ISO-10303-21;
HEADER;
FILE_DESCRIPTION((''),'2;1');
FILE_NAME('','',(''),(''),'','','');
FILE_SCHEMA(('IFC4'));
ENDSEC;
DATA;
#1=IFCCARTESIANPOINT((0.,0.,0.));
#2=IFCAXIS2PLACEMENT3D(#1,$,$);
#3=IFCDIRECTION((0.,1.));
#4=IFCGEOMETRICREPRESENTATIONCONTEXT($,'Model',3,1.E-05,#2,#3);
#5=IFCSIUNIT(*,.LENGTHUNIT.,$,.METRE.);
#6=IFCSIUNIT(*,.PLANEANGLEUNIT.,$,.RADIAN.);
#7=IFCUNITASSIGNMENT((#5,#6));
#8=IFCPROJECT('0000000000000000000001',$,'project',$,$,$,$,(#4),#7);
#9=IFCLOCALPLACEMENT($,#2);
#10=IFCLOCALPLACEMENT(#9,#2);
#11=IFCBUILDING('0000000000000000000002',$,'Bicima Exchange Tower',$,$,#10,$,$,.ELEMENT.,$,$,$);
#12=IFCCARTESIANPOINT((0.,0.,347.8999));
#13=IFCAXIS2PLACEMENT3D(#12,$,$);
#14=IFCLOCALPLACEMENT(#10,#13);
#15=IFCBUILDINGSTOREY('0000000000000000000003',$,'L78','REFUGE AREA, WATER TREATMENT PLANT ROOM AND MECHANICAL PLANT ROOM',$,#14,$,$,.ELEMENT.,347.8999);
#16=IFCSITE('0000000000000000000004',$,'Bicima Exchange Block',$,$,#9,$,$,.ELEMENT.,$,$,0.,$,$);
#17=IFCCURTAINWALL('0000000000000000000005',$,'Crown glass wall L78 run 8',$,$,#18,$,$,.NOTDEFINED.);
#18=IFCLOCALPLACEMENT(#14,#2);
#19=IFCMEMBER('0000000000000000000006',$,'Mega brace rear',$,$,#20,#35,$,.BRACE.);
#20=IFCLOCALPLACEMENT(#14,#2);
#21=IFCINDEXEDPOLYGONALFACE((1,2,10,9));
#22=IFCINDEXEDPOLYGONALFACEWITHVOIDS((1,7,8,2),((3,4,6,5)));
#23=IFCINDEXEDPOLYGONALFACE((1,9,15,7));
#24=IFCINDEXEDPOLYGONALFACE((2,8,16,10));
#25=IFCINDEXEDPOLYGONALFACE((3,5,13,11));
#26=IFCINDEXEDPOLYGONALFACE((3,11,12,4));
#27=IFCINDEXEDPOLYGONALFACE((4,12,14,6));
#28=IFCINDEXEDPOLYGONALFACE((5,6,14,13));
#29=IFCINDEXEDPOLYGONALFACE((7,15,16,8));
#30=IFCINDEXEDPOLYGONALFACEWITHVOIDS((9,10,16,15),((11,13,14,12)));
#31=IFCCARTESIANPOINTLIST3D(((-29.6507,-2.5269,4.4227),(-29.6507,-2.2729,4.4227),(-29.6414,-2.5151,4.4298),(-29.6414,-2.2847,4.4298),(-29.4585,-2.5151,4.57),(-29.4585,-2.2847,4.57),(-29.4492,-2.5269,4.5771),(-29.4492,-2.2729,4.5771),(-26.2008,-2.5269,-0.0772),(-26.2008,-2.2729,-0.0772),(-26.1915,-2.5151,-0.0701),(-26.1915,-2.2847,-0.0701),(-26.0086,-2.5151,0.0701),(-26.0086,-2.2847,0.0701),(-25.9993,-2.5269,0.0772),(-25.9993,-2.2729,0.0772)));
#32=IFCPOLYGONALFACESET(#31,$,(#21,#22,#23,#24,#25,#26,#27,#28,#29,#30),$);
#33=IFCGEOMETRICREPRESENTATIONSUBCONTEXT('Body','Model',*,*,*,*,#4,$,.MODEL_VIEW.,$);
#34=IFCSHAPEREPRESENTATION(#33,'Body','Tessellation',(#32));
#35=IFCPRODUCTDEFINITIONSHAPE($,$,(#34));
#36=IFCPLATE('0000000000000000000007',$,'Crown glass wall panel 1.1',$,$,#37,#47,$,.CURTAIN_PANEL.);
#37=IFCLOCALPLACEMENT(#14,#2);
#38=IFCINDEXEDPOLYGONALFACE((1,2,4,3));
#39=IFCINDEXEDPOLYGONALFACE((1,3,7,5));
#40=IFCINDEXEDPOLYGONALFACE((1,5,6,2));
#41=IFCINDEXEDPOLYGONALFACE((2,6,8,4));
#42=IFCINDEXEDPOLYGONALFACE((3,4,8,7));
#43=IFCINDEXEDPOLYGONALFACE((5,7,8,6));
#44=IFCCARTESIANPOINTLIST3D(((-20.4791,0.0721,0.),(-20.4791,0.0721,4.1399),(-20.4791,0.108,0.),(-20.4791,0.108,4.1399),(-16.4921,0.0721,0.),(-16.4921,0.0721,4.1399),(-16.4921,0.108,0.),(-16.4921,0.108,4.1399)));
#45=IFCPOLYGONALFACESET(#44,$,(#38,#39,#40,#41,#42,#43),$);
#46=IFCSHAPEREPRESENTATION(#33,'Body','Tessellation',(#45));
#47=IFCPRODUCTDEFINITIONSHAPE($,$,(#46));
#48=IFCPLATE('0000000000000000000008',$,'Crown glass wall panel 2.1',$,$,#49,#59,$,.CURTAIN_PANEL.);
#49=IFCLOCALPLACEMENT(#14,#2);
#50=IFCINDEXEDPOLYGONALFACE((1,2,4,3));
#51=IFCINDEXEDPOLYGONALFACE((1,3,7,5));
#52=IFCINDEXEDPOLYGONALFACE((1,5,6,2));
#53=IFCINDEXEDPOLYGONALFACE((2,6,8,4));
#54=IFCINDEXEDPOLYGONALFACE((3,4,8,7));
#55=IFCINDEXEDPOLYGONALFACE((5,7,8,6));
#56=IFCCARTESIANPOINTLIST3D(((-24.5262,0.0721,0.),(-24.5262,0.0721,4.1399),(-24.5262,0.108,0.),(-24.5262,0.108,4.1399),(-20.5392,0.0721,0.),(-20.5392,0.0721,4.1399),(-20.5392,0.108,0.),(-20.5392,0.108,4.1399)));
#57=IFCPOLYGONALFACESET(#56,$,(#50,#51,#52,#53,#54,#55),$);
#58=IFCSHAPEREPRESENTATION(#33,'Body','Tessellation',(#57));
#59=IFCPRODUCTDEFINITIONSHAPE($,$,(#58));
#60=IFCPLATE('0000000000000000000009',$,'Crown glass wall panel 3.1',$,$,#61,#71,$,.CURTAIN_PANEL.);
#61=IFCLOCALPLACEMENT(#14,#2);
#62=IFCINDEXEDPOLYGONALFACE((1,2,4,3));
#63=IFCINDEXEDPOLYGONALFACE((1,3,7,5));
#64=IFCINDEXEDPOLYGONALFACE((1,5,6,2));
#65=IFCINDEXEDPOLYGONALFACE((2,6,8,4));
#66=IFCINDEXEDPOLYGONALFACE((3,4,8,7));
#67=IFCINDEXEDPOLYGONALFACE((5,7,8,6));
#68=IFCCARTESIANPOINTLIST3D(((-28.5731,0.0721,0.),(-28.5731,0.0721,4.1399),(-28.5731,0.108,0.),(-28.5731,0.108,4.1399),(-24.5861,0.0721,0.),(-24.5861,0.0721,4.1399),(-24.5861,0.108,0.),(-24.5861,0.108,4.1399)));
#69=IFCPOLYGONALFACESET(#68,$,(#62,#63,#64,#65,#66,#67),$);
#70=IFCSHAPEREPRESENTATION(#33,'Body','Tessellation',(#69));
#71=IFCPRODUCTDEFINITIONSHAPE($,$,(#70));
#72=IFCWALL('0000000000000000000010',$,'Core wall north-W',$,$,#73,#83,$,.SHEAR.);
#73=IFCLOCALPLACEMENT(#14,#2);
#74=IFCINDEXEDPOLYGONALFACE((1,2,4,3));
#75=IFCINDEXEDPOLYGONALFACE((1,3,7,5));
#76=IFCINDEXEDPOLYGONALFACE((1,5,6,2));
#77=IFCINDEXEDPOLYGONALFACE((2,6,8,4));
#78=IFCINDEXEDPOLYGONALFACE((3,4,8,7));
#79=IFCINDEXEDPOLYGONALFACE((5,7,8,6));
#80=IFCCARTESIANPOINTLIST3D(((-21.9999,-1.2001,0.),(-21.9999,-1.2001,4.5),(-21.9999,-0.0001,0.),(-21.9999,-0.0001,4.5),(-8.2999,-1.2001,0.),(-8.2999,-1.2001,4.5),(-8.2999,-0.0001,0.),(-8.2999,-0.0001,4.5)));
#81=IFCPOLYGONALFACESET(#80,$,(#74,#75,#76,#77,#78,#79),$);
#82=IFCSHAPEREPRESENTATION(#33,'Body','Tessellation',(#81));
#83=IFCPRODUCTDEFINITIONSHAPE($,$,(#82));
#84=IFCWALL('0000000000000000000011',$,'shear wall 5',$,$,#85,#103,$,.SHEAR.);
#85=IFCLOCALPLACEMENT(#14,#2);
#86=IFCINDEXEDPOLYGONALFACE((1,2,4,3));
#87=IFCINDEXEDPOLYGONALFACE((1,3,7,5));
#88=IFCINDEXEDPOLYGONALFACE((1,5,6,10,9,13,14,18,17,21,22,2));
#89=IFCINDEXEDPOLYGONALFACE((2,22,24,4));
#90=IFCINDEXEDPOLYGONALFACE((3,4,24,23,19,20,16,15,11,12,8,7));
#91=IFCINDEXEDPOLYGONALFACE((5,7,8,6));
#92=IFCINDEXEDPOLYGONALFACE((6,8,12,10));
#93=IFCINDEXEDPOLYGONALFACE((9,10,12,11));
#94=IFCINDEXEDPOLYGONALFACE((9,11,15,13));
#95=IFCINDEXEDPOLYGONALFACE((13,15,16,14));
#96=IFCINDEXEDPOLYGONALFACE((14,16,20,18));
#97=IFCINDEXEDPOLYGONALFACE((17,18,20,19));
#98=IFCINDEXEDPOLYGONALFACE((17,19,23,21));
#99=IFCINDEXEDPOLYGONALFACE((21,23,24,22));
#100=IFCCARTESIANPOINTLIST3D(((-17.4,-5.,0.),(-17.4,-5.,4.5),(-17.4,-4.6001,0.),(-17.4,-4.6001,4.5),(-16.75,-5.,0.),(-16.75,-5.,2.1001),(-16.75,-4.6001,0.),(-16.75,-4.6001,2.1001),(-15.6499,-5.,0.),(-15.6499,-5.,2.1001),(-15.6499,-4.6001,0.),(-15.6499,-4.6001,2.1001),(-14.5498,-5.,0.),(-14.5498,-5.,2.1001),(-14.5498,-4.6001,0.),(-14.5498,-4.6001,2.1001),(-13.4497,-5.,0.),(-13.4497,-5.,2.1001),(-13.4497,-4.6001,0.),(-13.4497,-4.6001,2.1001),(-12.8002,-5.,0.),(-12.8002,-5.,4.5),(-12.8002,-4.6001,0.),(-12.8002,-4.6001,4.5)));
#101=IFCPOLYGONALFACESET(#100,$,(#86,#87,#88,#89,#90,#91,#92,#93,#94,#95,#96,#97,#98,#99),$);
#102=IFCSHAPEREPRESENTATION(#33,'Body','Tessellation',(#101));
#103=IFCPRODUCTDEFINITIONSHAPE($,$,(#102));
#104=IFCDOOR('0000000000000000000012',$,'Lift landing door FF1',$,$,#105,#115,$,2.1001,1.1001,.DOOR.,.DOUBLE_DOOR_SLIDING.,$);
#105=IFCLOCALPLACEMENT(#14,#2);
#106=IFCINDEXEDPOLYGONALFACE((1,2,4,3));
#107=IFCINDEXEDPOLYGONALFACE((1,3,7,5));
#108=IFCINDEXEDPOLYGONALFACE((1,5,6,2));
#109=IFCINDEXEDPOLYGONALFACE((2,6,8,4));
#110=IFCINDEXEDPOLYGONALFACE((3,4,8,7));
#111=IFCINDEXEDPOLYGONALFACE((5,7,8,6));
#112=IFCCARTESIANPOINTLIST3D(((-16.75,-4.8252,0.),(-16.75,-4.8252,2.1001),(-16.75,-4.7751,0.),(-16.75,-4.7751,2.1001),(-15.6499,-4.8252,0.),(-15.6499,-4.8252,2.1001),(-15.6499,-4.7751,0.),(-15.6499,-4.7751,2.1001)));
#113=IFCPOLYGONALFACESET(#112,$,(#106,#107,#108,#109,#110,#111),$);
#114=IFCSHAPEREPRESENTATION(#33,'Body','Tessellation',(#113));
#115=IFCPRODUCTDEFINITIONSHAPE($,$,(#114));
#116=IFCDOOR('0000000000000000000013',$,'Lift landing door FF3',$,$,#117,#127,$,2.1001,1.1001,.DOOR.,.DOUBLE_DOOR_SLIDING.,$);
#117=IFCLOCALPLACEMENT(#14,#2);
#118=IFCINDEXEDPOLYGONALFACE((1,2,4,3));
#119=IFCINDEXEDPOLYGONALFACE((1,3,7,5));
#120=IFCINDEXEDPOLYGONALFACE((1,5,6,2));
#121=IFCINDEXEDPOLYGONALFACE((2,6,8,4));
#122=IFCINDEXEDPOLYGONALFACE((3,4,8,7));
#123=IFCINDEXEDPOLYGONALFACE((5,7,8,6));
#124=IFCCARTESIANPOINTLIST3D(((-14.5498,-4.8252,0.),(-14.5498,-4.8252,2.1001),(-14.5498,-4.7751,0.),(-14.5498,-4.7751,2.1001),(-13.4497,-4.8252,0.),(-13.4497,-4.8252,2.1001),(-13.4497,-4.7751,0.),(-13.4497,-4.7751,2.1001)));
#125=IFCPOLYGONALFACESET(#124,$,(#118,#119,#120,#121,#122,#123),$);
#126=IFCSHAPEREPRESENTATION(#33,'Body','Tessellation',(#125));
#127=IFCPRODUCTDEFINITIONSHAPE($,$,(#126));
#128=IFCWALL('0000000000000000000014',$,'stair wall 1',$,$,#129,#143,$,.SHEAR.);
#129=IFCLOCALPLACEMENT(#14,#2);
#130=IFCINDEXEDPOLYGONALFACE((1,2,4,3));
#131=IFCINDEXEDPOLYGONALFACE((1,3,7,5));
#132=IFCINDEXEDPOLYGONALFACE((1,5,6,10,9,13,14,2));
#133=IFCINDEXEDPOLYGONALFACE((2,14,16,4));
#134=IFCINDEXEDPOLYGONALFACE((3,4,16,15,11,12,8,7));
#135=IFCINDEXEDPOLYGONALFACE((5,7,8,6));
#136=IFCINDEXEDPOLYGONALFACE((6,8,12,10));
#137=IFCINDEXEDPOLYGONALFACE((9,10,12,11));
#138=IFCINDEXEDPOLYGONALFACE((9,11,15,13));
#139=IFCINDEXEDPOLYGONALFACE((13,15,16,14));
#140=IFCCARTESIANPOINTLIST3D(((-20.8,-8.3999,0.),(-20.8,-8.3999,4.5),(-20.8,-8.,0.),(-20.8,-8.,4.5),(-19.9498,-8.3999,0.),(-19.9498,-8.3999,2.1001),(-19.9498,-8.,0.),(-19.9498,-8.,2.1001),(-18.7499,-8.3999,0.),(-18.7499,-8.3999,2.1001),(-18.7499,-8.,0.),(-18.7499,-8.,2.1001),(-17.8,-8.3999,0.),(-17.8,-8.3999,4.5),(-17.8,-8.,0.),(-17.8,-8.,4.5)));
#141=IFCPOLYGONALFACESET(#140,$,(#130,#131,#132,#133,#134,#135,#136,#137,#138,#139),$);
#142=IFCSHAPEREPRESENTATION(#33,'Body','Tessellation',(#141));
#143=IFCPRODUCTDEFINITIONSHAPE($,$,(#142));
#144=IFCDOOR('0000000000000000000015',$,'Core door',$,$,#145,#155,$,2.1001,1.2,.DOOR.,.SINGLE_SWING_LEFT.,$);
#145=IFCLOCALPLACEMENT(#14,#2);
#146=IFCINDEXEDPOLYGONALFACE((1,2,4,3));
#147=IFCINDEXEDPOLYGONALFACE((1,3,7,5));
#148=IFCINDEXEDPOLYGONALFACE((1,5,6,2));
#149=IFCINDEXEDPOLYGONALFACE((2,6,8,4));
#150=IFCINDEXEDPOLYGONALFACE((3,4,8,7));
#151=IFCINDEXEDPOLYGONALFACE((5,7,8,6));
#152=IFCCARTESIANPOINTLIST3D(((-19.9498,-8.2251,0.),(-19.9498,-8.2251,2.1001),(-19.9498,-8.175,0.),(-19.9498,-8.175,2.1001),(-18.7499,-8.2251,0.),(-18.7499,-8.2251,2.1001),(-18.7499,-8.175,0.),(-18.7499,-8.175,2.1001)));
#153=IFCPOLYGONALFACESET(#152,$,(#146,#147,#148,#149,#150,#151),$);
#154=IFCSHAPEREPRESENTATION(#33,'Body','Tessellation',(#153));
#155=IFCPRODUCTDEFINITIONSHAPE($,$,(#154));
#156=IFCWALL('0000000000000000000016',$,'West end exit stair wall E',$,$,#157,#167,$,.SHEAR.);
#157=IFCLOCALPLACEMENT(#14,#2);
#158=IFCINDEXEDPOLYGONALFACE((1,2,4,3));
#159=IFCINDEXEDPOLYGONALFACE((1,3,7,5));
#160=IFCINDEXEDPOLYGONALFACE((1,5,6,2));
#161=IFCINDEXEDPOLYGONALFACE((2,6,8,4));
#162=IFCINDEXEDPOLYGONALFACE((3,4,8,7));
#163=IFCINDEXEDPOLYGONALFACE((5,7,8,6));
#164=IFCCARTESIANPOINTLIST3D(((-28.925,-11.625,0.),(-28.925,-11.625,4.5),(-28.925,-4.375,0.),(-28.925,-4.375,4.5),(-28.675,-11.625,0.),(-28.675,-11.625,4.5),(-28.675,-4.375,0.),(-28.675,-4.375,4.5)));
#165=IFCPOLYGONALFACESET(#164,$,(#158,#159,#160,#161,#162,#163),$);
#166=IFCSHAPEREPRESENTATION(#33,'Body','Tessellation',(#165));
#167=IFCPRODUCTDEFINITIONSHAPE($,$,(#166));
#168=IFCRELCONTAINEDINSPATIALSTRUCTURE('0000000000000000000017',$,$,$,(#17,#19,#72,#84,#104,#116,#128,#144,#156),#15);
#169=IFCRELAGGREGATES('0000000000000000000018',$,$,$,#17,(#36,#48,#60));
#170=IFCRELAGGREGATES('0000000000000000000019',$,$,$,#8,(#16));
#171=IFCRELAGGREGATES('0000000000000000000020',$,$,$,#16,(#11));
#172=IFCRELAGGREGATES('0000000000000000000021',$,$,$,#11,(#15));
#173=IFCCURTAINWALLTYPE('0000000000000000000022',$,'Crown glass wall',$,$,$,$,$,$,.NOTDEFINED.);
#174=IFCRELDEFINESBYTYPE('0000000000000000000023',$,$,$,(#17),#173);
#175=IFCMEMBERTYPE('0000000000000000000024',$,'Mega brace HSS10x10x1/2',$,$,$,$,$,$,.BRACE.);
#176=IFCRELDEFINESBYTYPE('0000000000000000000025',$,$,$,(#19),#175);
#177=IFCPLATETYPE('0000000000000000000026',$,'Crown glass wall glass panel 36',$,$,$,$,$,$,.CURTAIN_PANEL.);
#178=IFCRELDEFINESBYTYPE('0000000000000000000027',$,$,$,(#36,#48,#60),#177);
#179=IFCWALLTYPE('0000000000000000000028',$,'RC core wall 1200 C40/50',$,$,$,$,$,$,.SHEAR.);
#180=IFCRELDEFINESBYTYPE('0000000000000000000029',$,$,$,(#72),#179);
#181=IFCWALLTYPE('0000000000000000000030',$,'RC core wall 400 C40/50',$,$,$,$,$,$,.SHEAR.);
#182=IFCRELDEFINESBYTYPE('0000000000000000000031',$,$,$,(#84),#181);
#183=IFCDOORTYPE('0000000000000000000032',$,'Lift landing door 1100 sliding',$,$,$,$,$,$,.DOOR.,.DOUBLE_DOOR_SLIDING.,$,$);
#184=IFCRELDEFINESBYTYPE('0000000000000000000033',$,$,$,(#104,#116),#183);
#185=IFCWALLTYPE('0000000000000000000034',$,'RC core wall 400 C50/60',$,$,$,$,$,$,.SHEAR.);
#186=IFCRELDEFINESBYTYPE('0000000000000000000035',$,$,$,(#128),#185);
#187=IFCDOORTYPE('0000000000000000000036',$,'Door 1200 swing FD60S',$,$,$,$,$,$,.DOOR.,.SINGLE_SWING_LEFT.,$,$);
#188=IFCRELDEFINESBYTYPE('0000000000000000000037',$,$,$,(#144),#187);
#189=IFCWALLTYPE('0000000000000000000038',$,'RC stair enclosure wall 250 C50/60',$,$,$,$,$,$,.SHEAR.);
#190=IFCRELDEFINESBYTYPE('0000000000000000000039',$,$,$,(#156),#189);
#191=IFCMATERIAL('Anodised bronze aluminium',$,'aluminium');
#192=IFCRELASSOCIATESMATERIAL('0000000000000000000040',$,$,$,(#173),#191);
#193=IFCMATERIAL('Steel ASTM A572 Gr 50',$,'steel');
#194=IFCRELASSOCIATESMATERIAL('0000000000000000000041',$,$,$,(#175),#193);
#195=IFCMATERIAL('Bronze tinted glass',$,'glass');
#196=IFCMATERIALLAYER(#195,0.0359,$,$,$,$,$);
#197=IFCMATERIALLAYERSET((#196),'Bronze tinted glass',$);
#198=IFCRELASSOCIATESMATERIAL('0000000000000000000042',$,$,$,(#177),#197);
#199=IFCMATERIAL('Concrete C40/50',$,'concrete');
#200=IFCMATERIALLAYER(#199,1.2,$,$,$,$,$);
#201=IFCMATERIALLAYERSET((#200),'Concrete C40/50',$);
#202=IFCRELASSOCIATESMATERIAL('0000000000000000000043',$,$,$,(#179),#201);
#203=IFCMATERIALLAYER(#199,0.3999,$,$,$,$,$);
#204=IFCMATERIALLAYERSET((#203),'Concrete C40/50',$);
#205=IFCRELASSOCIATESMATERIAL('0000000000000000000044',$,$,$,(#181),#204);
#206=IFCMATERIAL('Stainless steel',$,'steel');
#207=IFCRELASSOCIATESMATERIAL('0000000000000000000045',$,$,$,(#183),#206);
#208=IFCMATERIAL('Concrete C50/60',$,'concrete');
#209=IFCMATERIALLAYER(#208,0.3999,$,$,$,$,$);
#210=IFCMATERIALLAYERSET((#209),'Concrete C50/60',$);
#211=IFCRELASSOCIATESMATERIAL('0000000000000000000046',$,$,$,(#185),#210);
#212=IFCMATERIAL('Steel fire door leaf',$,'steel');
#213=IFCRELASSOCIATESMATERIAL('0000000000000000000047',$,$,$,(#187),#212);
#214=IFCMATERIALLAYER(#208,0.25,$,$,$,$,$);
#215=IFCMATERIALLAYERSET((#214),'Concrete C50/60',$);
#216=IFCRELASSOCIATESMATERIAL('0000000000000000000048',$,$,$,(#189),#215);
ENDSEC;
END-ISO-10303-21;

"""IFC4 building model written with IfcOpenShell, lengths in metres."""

from ifc_helpers import new_model, si_unit, direction, frame, frame_2d, origin, origin_2d, place, context, subcontext, project, spatial, rectangle, hollow_rectangle, extrude, material, layer, layer_set, material_profile, profile_set, type_object, element, fill, aggregate, save


model = new_model("IFC4")

# Units and contexts
model_context = context("Model", 3, precision=1e-05, world=origin(), true_north=direction((0.0, 1.0)))
body_context = subcontext(model_context, "Body", "Model", "MODEL_VIEW")
ifc_project = project(units=[si_unit("LENGTHUNIT", "METRE"), si_unit("PLANEANGLEUNIT", "RADIAN")], contexts=[model_context])

# Site, building, storey
site_placement = place(None, origin())
site = spatial("IfcSite", under=ifc_project, at=site_placement, Name="Bicima Exchange Block", CompositionType="ELEMENT", RefElevation=0.0)
building_placement = place(site_placement, origin())
building = spatial("IfcBuilding", under=site, at=building_placement, Name="Bicima Exchange Tower", CompositionType="ELEMENT")
storey_placement = place(building_placement, frame((0.0, 0.0, 347.8999)))
storey = spatial("IfcBuildingStorey", under=building, at=storey_placement, Name="L78", Description="REFUGE AREA, WATER TREATMENT PLANT ROOM AND MECHANICAL PLANT ROOM", CompositionType="ELEMENT", Elevation=347.8999)

# Shared definitions
ifc_material_1 = material(Name="Anodised bronze aluminium", Category="aluminium")
curtain_wall_type = type_object("IfcCurtainWallType", Name="Crown glass wall", PredefinedType="NOTDEFINED", material=ifc_material_1)

# Curtain wall
curtain_wall_1_placement = place(storey_placement, origin())
curtain_wall_1 = element("IfcCurtainWall", 1, at=curtain_wall_1_placement, inside=storey, type_object=curtain_wall_type, Name="Crown glass wall L78 run 8", PredefinedType="NOTDEFINED")

# Member
ifc_material_2 = material(Name="Steel ASTM A572 Gr 50", Category="steel")
ifc_material_profile_1 = material_profile(ifc_material_2, hollow_rectangle(XDim=0.2539, YDim=0.2539, WallThickness=0.0117, at=origin_2d()))
ifc_profile_set_1 = profile_set([ifc_material_profile_1], Name="Steel ASTM A572 Gr 50")
member_type_1 = type_object("IfcMemberType", Name="Mega brace HSS10x10x1/2", PredefinedType="BRACE", material=ifc_profile_set_1)
member_1_placement = place(storey_placement, frame((-26.1001, -2.3999, 0.0), z_axis=(-0.608426, 0.0, 0.793611), x_axis=(0.0, -1.0, 0.0)))
element("IfcMember", 2, at=member_1_placement, inside=storey, type_object=member_type_1, Name="Mega brace rear", PredefinedType="BRACE", context=body_context, shape_type="SweptSolid", body=[
    extrude(hollow_rectangle(XDim=0.2539, YDim=0.2539, WallThickness=0.0117, at=origin_2d()), origin(), (0.0, 0.0, 1.0), 5.6702),
])

# Plates
ifc_material_3 = material(Name="Bronze tinted glass", Category="glass")
ifc_layer_1 = layer(ifc_material_3, 0.0359)
ifc_layer_set_1 = layer_set([ifc_layer_1], Name="Bronze tinted glass")
plate_type = type_object("IfcPlateType", Name="Crown glass wall glass panel 36", PredefinedType="CURTAIN_PANEL", material=ifc_layer_set_1)
plate_1_placement = place(storey_placement, frame((-18.4856, 0.0901, 0.0), z_axis=(0.0, 0.0, 1.0), x_axis=(-1.0, 0.0, 0.0)))
plate_1 = element("IfcPlate", 3, at=plate_1_placement, type_object=plate_type, Name="Crown glass wall panel 1.1", PredefinedType="CURTAIN_PANEL", context=body_context, shape_type="SweptSolid", body=[
    extrude(rectangle(XDim=3.9871, YDim=0.0359, at=origin_2d()), origin(), (0.0, 0.0, 1.0), 4.1399),
])
plate_2_placement = place(storey_placement, frame((-22.5327, 0.0901, 0.0), z_axis=(0.0, 0.0, 1.0), x_axis=(-1.0, 0.0, 0.0)))
plate_2 = element("IfcPlate", 4, at=plate_2_placement, type_object=plate_type, Name="Crown glass wall panel 2.1", PredefinedType="CURTAIN_PANEL", context=body_context, shape_type="SweptSolid", body=[
    extrude(rectangle(XDim=3.9871, YDim=0.0359, at=origin_2d()), origin(), (0.0, 0.0, 1.0), 4.1399),
])
plate_3_placement = place(storey_placement, frame((-26.5796, 0.0901, 0.0), z_axis=(0.0, 0.0, 1.0), x_axis=(-1.0, 0.0, 0.0)))
plate_3 = element("IfcPlate", 5, at=plate_3_placement, type_object=plate_type, Name="Crown glass wall panel 3.1", PredefinedType="CURTAIN_PANEL", context=body_context, shape_type="SweptSolid", body=[
    extrude(rectangle(XDim=3.9871, YDim=0.0359, at=origin_2d()), origin(), (0.0, 0.0, 1.0), 4.1399),
])
aggregate(curtain_wall_1, [plate_1, plate_2, plate_3])

# Wall
ifc_material_4 = material(Name="Concrete C40/50", Category="concrete")
ifc_layer_2 = layer(ifc_material_4, 1.2)
ifc_layer_set_2 = layer_set([ifc_layer_2], Name="Concrete C40/50")
wall_type_1 = type_object("IfcWallType", Name="RC core wall 1200 C40/50", PredefinedType="SHEAR", material=ifc_layer_set_2)
wall_1_placement = place(storey_placement, frame((-22.0, -0.6001, 0.0), z_axis=(0.0, 0.0, 1.0), x_axis=(1.0, 0.0, 0.0)))
element("IfcWall", 6, at=wall_1_placement, inside=storey, type_object=wall_type_1, Name="Core wall north-W", PredefinedType="SHEAR", context=body_context, shape_type="SweptSolid", body=[
    extrude(rectangle(XDim=13.7, YDim=1.2, at=frame_2d((6.8501, 0.0))), origin(), (0.0, 0.0, 1.0), 4.5),
])

# Wall, openings, doors
ifc_layer_3 = layer(ifc_material_4, 0.3999)
ifc_layer_set_3 = layer_set([ifc_layer_3], Name="Concrete C40/50")
wall_type_2 = type_object("IfcWallType", Name="RC core wall 400 C40/50", PredefinedType="SHEAR", material=ifc_layer_set_3)
wall_2_placement = place(storey_placement, frame((-17.3999, -4.8, 0.0), z_axis=(0.0, 0.0, 1.0), x_axis=(1.0, 0.0, 0.0)))
wall_2 = element("IfcWall", 7, at=wall_2_placement, inside=storey, type_object=wall_type_2, Name="shear wall 5", PredefinedType="SHEAR", context=body_context, shape_type="SweptSolid", body=[
    extrude(rectangle(XDim=4.5999, YDim=0.3999, at=frame_2d((2.2998, 0.0))), origin(), (0.0, 0.0, 1.0), 4.5),
])
opening_1_placement = place(wall_2_placement, frame((0.6499, 0.0, 0.0)))
opening_1 = element("IfcOpeningElement", 8, at=opening_1_placement, cuts=wall_2, PredefinedType="OPENING", context=body_context, shape_type="SweptSolid", body=[
    extrude(rectangle(XDim=1.1001, YDim=2.1001, at=frame_2d((0.55, 1.05))), frame((0.0, 0.2119, 0.0), z_axis=(0.0, -1.0, 0.0), x_axis=(1.0, 0.0, 0.0)), (0.0, 0.0, 1.0), 0.4238),
])
opening_2_placement = place(wall_2_placement, frame((2.8501, 0.0, 0.0)))
opening_2 = element("IfcOpeningElement", 9, at=opening_2_placement, cuts=wall_2, PredefinedType="OPENING", context=body_context, shape_type="SweptSolid", body=[
    extrude(rectangle(XDim=1.1001, YDim=2.1001, at=frame_2d((0.55, 1.05))), frame((0.0, 0.2119, 0.0), z_axis=(0.0, -1.0, 0.0), x_axis=(1.0, 0.0, 0.0)), (0.0, 0.0, 1.0), 0.4238),
])
ifc_material_5 = material(Name="Stainless steel", Category="steel")
door_type_1 = type_object("IfcDoorType", Name="Lift landing door 1100 sliding", OperationType="DOUBLE_DOOR_SLIDING", PredefinedType="DOOR", material=ifc_material_5)
door_1_placement = place(opening_1_placement, origin())
door_1 = element("IfcDoor", 10, at=door_1_placement, inside=storey, type_object=door_type_1, Name="Lift landing door FF1", OperationType="DOUBLE_DOOR_SLIDING", OverallHeight=2.1001, OverallWidth=1.1001, PredefinedType="DOOR", context=body_context, shape_type="SweptSolid", body=[
    extrude(rectangle(XDim=1.1001, YDim=2.1001, at=frame_2d((0.55, 1.05))), frame((0.0, 0.0249, 0.0), z_axis=(0.0, -1.0, 0.0), x_axis=(1.0, 0.0, 0.0)), (0.0, 0.0, 1.0), 0.05),
])
fill(opening_1, door_1)
door_2_placement = place(opening_2_placement, origin())
door_2 = element("IfcDoor", 11, at=door_2_placement, inside=storey, type_object=door_type_1, Name="Lift landing door FF3", OperationType="DOUBLE_DOOR_SLIDING", OverallHeight=2.1001, OverallWidth=1.1001, PredefinedType="DOOR", context=body_context, shape_type="SweptSolid", body=[
    extrude(rectangle(XDim=1.1001, YDim=2.1001, at=frame_2d((0.55, 1.05))), frame((0.0, 0.0249, 0.0), z_axis=(0.0, -1.0, 0.0), x_axis=(1.0, 0.0, 0.0)), (0.0, 0.0, 1.0), 0.05),
])
fill(opening_2, door_2)

# Wall, opening, door
ifc_material_6 = material(Name="Concrete C50/60", Category="concrete")
ifc_layer_4 = layer(ifc_material_6, 0.3999)
ifc_layer_set_4 = layer_set([ifc_layer_4], Name="Concrete C50/60")
wall_type_3 = type_object("IfcWallType", Name="RC core wall 400 C50/60", PredefinedType="SHEAR", material=ifc_layer_set_4)
wall_3_placement = place(storey_placement, frame((-20.8, -8.2, 0.0), z_axis=(0.0, 0.0, 1.0), x_axis=(1.0, 0.0, 0.0)))
wall_3 = element("IfcWall", 12, at=wall_3_placement, inside=storey, type_object=wall_type_3, Name="stair wall 1", PredefinedType="SHEAR", context=body_context, shape_type="SweptSolid", body=[
    extrude(rectangle(XDim=3.0, YDim=0.3999, at=frame_2d((1.5, 0.0))), origin(), (0.0, 0.0, 1.0), 4.5),
])
opening_3_placement = place(wall_3_placement, frame((0.8501, 0.0, 0.0)))
opening_3 = element("IfcOpeningElement", 13, at=opening_3_placement, cuts=wall_3, PredefinedType="OPENING", context=body_context, shape_type="SweptSolid", body=[
    extrude(rectangle(XDim=1.2, YDim=2.1001, at=frame_2d((0.6001, 1.05))), frame((0.0, 0.2119, 0.0), z_axis=(0.0, -1.0, 0.0), x_axis=(1.0, 0.0, 0.0)), (0.0, 0.0, 1.0), 0.4238),
])
ifc_material_7 = material(Name="Steel fire door leaf", Category="steel")
door_type_2 = type_object("IfcDoorType", Name="Door 1200 swing FD60S", OperationType="SINGLE_SWING_LEFT", PredefinedType="DOOR", material=ifc_material_7)
door_3_placement = place(opening_3_placement, origin())
door_3 = element("IfcDoor", 14, at=door_3_placement, inside=storey, type_object=door_type_2, Name="Core door", OperationType="SINGLE_SWING_LEFT", OverallHeight=2.1001, OverallWidth=1.2, PredefinedType="DOOR", context=body_context, shape_type="SweptSolid", body=[
    extrude(rectangle(XDim=1.2, YDim=2.1001, at=frame_2d((0.6001, 1.05))), frame((0.0, 0.0249, 0.0), z_axis=(0.0, -1.0, 0.0), x_axis=(1.0, 0.0, 0.0)), (0.0, 0.0, 1.0), 0.05),
])
fill(opening_3, door_3)

# Wall
ifc_layer_5 = layer(ifc_material_6, 0.25)
ifc_layer_set_5 = layer_set([ifc_layer_5], Name="Concrete C50/60")
wall_type_4 = type_object("IfcWallType", Name="RC stair enclosure wall 250 C50/60", PredefinedType="SHEAR", material=ifc_layer_set_5)
wall_4_placement = place(storey_placement, frame((-28.8, -11.625, 0.0), z_axis=(0.0, 0.0, 1.0), x_axis=(0.0, 1.0, 0.0)))
element("IfcWall", 15, at=wall_4_placement, inside=storey, type_object=wall_type_4, Name="West end exit stair wall E", PredefinedType="SHEAR", context=body_context, shape_type="SweptSolid", body=[
    extrude(rectangle(XDim=7.25, YDim=0.25, at=frame_2d((3.625, 0.0))), origin(), (0.0, 0.0, 1.0), 4.5),
])

save(model, "model.ifc")
